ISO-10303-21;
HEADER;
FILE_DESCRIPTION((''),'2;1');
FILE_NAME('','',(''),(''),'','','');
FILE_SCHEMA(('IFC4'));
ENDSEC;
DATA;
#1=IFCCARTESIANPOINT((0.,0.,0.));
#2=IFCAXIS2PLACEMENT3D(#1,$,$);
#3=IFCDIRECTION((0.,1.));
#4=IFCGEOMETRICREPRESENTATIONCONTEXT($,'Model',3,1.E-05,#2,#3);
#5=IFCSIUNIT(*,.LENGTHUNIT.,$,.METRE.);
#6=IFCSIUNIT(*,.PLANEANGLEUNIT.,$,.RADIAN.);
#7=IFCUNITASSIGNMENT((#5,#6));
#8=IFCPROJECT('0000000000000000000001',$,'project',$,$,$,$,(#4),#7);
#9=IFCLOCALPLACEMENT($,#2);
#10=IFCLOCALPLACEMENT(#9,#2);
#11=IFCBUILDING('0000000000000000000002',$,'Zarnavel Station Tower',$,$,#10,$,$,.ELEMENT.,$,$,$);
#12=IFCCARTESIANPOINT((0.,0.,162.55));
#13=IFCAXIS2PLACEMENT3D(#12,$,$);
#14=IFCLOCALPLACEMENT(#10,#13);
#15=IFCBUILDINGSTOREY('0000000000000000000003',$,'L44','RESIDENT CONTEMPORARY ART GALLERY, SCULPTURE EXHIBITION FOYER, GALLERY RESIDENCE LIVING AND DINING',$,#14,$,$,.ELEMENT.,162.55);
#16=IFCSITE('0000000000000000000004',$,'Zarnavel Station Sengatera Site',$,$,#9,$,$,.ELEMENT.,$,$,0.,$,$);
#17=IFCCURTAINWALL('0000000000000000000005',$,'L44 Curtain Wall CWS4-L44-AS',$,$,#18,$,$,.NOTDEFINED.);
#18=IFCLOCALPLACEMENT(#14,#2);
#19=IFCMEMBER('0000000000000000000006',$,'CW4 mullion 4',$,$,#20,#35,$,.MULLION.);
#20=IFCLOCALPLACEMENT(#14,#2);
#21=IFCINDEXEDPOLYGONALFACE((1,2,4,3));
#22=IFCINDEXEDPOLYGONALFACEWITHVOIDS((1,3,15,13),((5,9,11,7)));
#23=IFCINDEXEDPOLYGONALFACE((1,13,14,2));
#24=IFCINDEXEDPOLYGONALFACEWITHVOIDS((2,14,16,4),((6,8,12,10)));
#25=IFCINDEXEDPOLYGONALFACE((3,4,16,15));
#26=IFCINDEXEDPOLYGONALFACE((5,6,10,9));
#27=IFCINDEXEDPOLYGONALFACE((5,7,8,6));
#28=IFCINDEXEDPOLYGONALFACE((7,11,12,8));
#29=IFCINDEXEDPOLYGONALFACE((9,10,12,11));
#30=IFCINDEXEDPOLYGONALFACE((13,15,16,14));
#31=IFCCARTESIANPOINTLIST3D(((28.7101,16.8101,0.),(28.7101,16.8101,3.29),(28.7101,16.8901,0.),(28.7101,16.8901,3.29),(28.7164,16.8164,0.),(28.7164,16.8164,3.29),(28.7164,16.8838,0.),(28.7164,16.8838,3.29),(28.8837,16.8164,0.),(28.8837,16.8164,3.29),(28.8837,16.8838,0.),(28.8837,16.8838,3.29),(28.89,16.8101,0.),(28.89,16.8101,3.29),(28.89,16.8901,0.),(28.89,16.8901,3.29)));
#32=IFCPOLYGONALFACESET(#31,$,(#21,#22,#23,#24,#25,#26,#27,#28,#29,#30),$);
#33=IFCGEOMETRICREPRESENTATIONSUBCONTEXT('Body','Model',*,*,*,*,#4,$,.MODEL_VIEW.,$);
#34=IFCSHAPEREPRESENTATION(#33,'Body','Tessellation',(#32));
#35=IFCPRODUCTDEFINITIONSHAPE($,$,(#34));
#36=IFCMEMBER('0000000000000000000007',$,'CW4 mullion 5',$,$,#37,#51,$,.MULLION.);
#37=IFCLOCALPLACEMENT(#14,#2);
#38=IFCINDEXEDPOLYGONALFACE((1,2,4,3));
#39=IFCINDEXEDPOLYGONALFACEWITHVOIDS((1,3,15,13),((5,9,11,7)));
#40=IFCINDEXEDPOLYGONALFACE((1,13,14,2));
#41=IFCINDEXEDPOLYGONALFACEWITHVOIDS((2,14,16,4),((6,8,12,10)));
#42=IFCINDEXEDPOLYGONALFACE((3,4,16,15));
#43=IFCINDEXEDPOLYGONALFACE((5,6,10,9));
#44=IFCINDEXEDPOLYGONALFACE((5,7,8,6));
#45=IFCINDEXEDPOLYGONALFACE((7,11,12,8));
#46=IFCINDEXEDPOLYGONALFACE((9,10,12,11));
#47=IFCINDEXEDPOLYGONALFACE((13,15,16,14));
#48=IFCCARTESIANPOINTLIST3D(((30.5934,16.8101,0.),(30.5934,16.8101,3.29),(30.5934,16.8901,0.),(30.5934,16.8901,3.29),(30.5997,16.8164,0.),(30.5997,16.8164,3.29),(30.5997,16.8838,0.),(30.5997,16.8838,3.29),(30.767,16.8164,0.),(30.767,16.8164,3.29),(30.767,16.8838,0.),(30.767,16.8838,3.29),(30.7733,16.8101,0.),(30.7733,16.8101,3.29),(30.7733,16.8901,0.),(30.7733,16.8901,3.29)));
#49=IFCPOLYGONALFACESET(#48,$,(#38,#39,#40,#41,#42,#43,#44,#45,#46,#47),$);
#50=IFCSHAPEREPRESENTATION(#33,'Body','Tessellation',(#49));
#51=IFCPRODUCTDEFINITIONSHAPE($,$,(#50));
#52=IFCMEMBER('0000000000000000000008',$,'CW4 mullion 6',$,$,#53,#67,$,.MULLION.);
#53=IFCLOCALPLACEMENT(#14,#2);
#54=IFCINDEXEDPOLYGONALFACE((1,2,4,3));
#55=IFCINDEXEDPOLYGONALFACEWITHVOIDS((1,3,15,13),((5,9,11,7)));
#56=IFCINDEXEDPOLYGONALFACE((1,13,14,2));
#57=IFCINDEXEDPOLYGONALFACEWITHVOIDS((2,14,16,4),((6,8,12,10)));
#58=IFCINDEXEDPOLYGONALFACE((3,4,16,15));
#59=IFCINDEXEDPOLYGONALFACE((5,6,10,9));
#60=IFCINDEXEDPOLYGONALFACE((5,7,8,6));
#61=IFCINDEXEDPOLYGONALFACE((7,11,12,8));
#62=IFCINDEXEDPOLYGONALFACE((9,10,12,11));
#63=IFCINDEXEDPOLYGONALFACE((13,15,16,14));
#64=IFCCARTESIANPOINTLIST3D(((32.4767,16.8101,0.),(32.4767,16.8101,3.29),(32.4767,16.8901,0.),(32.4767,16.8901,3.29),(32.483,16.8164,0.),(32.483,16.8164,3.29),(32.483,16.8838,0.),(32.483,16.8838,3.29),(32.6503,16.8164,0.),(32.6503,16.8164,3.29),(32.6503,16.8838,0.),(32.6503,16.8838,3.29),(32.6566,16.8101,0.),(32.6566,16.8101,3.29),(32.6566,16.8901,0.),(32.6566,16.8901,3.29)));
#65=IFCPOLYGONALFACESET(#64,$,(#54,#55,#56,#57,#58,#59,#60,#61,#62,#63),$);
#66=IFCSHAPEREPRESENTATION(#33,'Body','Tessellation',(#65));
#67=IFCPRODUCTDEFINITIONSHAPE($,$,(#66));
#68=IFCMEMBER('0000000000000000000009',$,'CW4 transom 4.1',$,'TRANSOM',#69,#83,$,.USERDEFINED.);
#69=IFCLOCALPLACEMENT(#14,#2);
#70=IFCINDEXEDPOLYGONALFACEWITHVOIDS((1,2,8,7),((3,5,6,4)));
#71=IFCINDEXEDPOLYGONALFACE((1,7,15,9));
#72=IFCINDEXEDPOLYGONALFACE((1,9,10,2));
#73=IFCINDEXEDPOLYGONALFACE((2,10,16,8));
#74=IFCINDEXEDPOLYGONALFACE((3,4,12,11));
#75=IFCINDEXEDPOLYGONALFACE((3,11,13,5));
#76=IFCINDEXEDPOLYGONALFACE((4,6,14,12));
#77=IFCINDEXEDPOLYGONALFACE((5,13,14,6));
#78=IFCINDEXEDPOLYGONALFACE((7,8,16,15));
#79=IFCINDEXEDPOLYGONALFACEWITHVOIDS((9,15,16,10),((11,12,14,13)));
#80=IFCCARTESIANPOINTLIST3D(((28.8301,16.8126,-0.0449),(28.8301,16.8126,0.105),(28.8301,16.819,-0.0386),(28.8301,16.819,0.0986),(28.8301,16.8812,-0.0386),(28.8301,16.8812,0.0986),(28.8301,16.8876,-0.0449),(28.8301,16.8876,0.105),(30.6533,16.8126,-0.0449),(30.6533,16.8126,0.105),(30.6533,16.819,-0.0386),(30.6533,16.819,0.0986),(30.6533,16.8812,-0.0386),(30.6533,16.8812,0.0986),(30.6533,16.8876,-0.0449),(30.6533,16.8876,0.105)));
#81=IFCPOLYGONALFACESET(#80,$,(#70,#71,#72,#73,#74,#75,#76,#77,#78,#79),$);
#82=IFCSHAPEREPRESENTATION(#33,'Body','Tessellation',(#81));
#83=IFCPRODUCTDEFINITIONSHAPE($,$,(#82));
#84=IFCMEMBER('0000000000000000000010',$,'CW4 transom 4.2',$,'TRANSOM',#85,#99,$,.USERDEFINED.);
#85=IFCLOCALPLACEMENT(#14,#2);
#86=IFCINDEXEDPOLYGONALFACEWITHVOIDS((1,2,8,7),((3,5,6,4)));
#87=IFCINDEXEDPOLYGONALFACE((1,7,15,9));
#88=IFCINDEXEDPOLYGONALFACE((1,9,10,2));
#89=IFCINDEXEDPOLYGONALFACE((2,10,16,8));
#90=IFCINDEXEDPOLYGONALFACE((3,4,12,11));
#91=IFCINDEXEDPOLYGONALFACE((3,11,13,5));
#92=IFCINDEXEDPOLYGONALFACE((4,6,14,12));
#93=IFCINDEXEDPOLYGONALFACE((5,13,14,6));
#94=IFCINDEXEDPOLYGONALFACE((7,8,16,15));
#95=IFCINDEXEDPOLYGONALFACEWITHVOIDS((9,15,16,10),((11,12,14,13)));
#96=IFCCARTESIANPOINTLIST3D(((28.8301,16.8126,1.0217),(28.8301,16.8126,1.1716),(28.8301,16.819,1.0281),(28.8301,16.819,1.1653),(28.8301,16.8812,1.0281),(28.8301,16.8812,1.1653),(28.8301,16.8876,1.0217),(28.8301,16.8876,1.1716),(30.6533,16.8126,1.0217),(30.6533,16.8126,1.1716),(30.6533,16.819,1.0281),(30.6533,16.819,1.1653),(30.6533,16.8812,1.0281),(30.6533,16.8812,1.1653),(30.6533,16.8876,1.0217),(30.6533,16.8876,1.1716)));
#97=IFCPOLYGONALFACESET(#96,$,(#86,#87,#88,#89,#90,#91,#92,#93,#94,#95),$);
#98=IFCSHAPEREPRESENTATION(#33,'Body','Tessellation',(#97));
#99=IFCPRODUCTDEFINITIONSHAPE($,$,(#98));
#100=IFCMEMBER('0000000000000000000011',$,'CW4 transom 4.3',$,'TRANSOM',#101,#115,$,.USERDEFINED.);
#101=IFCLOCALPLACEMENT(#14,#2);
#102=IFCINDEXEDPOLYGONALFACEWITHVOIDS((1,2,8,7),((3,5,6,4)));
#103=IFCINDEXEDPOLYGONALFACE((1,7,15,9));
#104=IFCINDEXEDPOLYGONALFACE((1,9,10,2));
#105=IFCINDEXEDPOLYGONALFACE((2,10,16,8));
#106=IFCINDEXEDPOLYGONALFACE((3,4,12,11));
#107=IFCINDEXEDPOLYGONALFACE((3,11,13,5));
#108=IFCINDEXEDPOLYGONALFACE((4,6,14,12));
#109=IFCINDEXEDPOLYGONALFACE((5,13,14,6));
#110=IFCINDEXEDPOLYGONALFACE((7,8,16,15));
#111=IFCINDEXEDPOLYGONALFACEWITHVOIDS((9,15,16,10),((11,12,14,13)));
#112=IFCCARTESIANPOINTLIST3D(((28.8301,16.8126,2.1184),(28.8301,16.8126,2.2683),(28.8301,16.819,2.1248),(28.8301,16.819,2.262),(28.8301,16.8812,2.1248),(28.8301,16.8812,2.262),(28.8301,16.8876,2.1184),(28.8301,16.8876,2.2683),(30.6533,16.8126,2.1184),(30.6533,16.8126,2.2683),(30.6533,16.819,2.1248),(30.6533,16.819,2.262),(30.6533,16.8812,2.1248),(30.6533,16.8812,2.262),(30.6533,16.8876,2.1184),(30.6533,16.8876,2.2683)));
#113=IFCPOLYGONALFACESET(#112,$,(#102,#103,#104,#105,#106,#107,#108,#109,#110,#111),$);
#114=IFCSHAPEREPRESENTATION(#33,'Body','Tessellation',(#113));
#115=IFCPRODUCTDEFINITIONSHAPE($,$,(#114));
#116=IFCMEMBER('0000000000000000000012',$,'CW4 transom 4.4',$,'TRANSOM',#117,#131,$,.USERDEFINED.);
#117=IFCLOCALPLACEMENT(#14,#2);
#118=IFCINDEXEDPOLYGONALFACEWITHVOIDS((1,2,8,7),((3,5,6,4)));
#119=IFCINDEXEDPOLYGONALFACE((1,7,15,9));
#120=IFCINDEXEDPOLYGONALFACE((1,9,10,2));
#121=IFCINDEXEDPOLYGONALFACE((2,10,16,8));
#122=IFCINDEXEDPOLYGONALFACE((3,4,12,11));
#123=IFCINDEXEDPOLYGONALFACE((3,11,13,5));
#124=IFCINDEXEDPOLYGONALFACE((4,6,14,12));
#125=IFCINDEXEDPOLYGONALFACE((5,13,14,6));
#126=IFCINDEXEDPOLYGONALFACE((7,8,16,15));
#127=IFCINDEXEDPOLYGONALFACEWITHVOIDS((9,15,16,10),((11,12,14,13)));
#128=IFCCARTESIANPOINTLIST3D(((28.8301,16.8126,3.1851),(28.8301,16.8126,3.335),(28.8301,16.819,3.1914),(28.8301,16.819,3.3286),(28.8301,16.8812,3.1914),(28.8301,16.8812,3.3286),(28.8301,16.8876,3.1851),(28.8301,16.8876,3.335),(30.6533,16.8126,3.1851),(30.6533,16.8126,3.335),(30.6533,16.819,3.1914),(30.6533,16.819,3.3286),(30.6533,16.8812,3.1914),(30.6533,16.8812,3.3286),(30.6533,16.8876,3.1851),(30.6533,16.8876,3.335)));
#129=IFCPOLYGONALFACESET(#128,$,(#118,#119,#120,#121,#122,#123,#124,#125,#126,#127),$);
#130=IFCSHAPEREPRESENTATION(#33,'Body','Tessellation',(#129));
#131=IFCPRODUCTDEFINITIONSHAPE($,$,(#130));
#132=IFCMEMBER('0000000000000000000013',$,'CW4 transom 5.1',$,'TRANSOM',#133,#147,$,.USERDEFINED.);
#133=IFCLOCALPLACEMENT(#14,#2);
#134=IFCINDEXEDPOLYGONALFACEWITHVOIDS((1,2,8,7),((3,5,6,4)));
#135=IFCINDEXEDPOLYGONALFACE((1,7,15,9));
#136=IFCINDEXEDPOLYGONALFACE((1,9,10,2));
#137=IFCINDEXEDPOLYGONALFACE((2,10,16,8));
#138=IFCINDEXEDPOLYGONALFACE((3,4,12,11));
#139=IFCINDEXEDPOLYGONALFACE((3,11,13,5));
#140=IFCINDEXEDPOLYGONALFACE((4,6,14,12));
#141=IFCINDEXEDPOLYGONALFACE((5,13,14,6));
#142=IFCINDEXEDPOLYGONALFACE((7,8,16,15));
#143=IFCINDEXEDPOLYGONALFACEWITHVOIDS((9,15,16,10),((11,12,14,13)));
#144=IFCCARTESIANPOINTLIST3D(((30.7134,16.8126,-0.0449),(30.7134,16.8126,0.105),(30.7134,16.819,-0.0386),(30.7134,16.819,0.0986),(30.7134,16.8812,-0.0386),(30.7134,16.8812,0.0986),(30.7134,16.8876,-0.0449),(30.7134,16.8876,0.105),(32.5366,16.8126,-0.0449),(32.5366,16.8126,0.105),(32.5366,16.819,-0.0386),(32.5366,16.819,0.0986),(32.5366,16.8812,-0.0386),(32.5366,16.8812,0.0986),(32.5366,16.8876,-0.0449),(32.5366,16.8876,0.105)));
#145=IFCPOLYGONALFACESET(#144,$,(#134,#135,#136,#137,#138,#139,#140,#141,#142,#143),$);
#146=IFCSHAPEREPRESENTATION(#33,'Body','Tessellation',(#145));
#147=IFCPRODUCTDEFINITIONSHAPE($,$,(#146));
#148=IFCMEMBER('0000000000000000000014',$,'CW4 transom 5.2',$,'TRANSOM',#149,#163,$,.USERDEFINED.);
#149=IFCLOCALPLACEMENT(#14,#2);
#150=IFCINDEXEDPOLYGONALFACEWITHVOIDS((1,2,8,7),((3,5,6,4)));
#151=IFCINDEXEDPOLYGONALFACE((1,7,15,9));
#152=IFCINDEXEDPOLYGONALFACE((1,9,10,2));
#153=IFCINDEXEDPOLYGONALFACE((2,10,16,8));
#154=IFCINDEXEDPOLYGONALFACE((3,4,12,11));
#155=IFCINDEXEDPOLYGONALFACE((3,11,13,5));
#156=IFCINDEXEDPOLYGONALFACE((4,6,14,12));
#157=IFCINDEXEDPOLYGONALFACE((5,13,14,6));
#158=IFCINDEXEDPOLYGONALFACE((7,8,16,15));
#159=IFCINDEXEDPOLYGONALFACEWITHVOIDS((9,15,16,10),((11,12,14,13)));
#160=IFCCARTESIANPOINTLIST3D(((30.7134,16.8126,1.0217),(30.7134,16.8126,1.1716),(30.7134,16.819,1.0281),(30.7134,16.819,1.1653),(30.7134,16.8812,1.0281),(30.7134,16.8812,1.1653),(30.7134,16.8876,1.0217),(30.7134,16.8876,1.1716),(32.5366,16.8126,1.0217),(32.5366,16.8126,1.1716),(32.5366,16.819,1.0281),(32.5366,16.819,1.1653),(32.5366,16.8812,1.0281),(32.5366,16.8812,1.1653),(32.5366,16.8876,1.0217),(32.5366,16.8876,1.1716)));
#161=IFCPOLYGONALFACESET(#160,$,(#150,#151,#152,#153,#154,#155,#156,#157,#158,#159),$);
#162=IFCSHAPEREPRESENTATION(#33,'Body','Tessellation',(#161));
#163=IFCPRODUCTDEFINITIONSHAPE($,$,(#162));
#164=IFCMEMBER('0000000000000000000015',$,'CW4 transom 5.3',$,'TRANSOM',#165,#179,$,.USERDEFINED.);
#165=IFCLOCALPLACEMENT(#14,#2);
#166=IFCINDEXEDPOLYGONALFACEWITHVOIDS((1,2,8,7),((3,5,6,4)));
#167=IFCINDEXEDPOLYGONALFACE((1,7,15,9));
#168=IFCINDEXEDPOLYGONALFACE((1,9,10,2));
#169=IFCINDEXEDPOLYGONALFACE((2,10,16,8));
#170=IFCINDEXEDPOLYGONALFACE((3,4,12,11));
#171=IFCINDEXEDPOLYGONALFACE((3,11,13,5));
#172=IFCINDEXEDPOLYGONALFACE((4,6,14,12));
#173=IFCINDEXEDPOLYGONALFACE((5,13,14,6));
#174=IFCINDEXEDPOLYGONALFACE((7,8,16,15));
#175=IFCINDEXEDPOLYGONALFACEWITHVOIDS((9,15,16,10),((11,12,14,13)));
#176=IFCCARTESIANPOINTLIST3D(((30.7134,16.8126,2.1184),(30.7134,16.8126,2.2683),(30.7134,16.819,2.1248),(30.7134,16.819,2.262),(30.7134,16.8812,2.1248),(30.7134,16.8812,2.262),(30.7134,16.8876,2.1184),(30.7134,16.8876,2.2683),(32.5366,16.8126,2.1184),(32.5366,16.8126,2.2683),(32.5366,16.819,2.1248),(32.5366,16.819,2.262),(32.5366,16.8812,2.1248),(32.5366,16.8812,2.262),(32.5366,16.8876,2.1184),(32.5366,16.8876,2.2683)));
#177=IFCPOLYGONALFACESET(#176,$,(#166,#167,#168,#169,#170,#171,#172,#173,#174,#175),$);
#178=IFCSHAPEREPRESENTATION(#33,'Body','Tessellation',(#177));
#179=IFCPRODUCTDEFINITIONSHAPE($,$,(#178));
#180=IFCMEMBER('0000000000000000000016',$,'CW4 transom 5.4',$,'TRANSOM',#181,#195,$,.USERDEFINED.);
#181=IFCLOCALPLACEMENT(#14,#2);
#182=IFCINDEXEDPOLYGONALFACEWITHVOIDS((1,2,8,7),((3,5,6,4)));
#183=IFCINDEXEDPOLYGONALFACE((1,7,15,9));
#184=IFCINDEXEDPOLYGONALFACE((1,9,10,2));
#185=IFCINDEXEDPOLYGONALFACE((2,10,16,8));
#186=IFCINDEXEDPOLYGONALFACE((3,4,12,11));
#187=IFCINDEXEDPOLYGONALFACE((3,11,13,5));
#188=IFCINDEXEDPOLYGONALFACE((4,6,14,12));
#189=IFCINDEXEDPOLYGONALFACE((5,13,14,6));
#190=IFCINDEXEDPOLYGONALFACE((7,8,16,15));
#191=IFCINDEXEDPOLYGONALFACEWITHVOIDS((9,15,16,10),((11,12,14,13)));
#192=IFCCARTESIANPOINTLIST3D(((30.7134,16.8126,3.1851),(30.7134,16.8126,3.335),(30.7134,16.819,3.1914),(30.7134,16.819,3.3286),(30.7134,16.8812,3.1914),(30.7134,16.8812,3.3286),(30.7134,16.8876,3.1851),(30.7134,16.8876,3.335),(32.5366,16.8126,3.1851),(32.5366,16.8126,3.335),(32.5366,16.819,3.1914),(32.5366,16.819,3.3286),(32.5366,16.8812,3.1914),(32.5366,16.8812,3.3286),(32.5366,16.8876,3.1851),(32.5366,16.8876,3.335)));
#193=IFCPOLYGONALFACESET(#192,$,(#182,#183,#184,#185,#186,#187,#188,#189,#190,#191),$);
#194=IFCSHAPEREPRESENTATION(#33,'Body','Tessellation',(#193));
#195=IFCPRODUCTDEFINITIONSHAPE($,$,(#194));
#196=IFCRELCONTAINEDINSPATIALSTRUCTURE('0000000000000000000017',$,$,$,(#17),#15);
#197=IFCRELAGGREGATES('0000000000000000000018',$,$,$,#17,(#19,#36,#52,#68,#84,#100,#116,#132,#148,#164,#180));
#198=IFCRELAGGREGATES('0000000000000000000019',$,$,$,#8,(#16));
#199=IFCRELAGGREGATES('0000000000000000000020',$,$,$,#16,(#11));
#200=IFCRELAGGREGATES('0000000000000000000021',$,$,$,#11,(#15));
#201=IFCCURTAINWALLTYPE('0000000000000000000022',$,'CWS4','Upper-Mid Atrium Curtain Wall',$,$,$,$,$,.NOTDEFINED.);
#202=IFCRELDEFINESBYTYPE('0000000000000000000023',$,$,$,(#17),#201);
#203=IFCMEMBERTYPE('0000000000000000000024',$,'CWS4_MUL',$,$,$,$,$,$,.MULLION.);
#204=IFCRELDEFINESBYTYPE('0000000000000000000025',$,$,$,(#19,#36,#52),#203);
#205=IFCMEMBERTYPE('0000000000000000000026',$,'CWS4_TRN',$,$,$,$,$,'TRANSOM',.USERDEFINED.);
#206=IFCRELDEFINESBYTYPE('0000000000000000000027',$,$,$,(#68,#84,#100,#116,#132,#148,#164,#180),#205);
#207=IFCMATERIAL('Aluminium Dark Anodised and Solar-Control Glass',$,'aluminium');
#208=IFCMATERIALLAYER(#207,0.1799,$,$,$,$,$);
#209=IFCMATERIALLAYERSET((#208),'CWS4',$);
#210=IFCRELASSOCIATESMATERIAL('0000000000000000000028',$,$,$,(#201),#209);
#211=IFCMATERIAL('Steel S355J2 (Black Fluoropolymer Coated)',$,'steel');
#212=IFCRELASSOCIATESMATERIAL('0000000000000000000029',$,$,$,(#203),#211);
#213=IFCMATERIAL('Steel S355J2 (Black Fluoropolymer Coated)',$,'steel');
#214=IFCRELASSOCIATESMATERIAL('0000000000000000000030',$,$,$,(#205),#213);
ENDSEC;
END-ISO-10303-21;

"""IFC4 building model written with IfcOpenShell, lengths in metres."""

from ifc_helpers import new_model, si_unit, direction, frame, origin, origin_2d, place, context, subcontext, project, spatial, hollow_rectangle, extrude, material, layer, layer_set, material_profile, profile_set, type_object, element, aggregate, save


model = new_model("IFC4")

# Units and contexts
model_context = context("Model", 3, precision=1e-05, world=origin(), true_north=direction((0.0, 1.0)))
body_context = subcontext(model_context, "Body", "Model", "MODEL_VIEW")
ifc_project = project(units=[si_unit("LENGTHUNIT", "METRE"), si_unit("PLANEANGLEUNIT", "RADIAN")], contexts=[model_context])

# Site, building, storey
site_placement = place(None, origin())
site = spatial("IfcSite", under=ifc_project, at=site_placement, Name="Zarnavel Station Sengatera Site", CompositionType="ELEMENT", RefElevation=0.0)
building_placement = place(site_placement, origin())
building = spatial("IfcBuilding", under=site, at=building_placement, Name="Zarnavel Station Tower", CompositionType="ELEMENT")
storey_placement = place(building_placement, frame((0.0, 0.0, 162.55)))
storey = spatial("IfcBuildingStorey", under=building, at=storey_placement, Name="L44", Description="RESIDENT CONTEMPORARY ART GALLERY, SCULPTURE EXHIBITION FOYER, GALLERY RESIDENCE LIVING AND DINING", CompositionType="ELEMENT", Elevation=162.55)

# Curtain wall, members
ifc_material_1 = material(Name="Aluminium Dark Anodised and Solar-Control Glass", Category="aluminium")
ifc_layer_1 = layer(ifc_material_1, 0.1799)
ifc_layer_set_1 = layer_set([ifc_layer_1], Name="CWS4")
curtain_wall_type_1 = type_object("IfcCurtainWallType", Name="CWS4", Description="Upper-Mid Atrium Curtain Wall", PredefinedType="NOTDEFINED", material=ifc_layer_set_1)
curtain_wall_1_placement = place(storey_placement, origin())
curtain_wall_1 = element("IfcCurtainWall", 1, at=curtain_wall_1_placement, inside=storey, type_object=curtain_wall_type_1, Name="L44 Curtain Wall CWS4-L44-AS", PredefinedType="NOTDEFINED")
ifc_material_2 = material(Name="Steel S355J2 (Black Fluoropolymer Coated)", Category="steel")
ifc_material_profile_1 = material_profile(ifc_material_2, hollow_rectangle(XDim=0.0801, YDim=0.1799, WallThickness=0.0063, at=origin_2d()), Name="RHS180x80x6.3")
ifc_profile_set_1 = profile_set([ifc_material_profile_1], Name="Steel S355J2 (Black Fluoropolymer Coated)")
member_type_1 = type_object("IfcMemberType", Name="CWS4_MUL", PredefinedType="MULLION", material=ifc_profile_set_1)
member_1_placement = place(storey_placement, frame((28.8, 16.8501, 0.0), z_axis=(0.0, 0.0, 1.0), x_axis=(0.0, 1.0, 0.0)))
member_1 = element("IfcMember", 2, at=member_1_placement, type_object=member_type_1, Name="CW4 mullion 4", PredefinedType="MULLION", context=body_context, shape_type="SweptSolid", body=[
    extrude(hollow_rectangle(XDim=0.0801, YDim=0.1799, WallThickness=0.0063, at=origin_2d()), origin(), (0.0, 0.0, 1.0), 3.29),
])
member_2_placement = place(storey_placement, frame((30.6833, 16.8501, 0.0), z_axis=(0.0, 0.0, 1.0), x_axis=(0.0, 1.0, 0.0)))
member_2 = element("IfcMember", 3, at=member_2_placement, type_object=member_type_1, Name="CW4 mullion 5", PredefinedType="MULLION", context=body_context, shape_type="SweptSolid", body=[
    extrude(hollow_rectangle(XDim=0.0801, YDim=0.1799, WallThickness=0.0063, at=origin_2d()), origin(), (0.0, 0.0, 1.0), 3.29),
])
member_3_placement = place(storey_placement, frame((32.5667, 16.8501, 0.0), z_axis=(0.0, 0.0, 1.0), x_axis=(0.0, 1.0, 0.0)))
member_3 = element("IfcMember", 4, at=member_3_placement, type_object=member_type_1, Name="CW4 mullion 6", PredefinedType="MULLION", context=body_context, shape_type="SweptSolid", body=[
    extrude(hollow_rectangle(XDim=0.0801, YDim=0.1799, WallThickness=0.0063, at=origin_2d()), origin(), (0.0, 0.0, 1.0), 3.29),
])
ifc_material_3 = material(Name="Steel S355J2 (Black Fluoropolymer Coated)", Category="steel")
ifc_material_profile_2 = material_profile(ifc_material_3, hollow_rectangle(XDim=0.075, YDim=0.1499, WallThickness=0.0063, at=origin_2d()), Name="RHS150x75x6.3")
ifc_profile_set_2 = profile_set([ifc_material_profile_2], Name="Steel S355J2 (Black Fluoropolymer Coated)")
member_type_2 = type_object("IfcMemberType", Name="CWS4_TRN", ElementType="TRANSOM", PredefinedType="USERDEFINED", material=ifc_profile_set_2)
member_4_placement = place(storey_placement, frame((28.8301, 16.8501, 0.03), z_axis=(1.0, 0.0, 0.0), x_axis=(0.0, 1.0, 0.0)))
member_4 = element("IfcMember", 5, at=member_4_placement, type_object=member_type_2, Name="CW4 transom 4.1", ObjectType="TRANSOM", PredefinedType="USERDEFINED", context=body_context, shape_type="SweptSolid", body=[
    extrude(hollow_rectangle(XDim=0.075, YDim=0.1499, WallThickness=0.0063, at=origin_2d()), origin(), (0.0, 0.0, 1.0), 1.8232),
])
member_5_placement = place(storey_placement, frame((28.8301, 16.8501, 1.0967), z_axis=(1.0, 0.0, 0.0), x_axis=(0.0, 1.0, 0.0)))
member_5 = element("IfcMember", 6, at=member_5_placement, type_object=member_type_2, Name="CW4 transom 4.2", ObjectType="TRANSOM", PredefinedType="USERDEFINED", context=body_context, shape_type="SweptSolid", body=[
    extrude(hollow_rectangle(XDim=0.075, YDim=0.1499, WallThickness=0.0063, at=origin_2d()), origin(), (0.0, 0.0, 1.0), 1.8232),
])
member_6_placement = place(storey_placement, frame((28.8301, 16.8501, 2.1934), z_axis=(1.0, 0.0, 0.0), x_axis=(0.0, 1.0, 0.0)))
member_6 = element("IfcMember", 7, at=member_6_placement, type_object=member_type_2, Name="CW4 transom 4.3", ObjectType="TRANSOM", PredefinedType="USERDEFINED", context=body_context, shape_type="SweptSolid", body=[
    extrude(hollow_rectangle(XDim=0.075, YDim=0.1499, WallThickness=0.0063, at=origin_2d()), origin(), (0.0, 0.0, 1.0), 1.8232),
])
member_7_placement = place(storey_placement, frame((28.8301, 16.8501, 3.26), z_axis=(1.0, 0.0, 0.0), x_axis=(0.0, 1.0, 0.0)))
member_7 = element("IfcMember", 8, at=member_7_placement, type_object=member_type_2, Name="CW4 transom 4.4", ObjectType="TRANSOM", PredefinedType="USERDEFINED", context=body_context, shape_type="SweptSolid", body=[
    extrude(hollow_rectangle(XDim=0.075, YDim=0.1499, WallThickness=0.0063, at=origin_2d()), origin(), (0.0, 0.0, 1.0), 1.8232),
])
member_8_placement = place(storey_placement, frame((30.7134, 16.8501, 0.03), z_axis=(1.0, 0.0, 0.0), x_axis=(0.0, 1.0, 0.0)))
member_8 = element("IfcMember", 9, at=member_8_placement, type_object=member_type_2, Name="CW4 transom 5.1", ObjectType="TRANSOM", PredefinedType="USERDEFINED", context=body_context, shape_type="SweptSolid", body=[
    extrude(hollow_rectangle(XDim=0.075, YDim=0.1499, WallThickness=0.0063, at=origin_2d()), origin(), (0.0, 0.0, 1.0), 1.8232),
])
member_9_placement = place(storey_placement, frame((30.7134, 16.8501, 1.0967), z_axis=(1.0, 0.0, 0.0), x_axis=(0.0, 1.0, 0.0)))
member_9 = element("IfcMember", 10, at=member_9_placement, type_object=member_type_2, Name="CW4 transom 5.2", ObjectType="TRANSOM", PredefinedType="USERDEFINED", context=body_context, shape_type="SweptSolid", body=[
    extrude(hollow_rectangle(XDim=0.075, YDim=0.1499, WallThickness=0.0063, at=origin_2d()), origin(), (0.0, 0.0, 1.0), 1.8232),
])
member_10_placement = place(storey_placement, frame((30.7134, 16.8501, 2.1934), z_axis=(1.0, 0.0, 0.0), x_axis=(0.0, 1.0, 0.0)))
member_10 = element("IfcMember", 11, at=member_10_placement, type_object=member_type_2, Name="CW4 transom 5.3", ObjectType="TRANSOM", PredefinedType="USERDEFINED", context=body_context, shape_type="SweptSolid", body=[
    extrude(hollow_rectangle(XDim=0.075, YDim=0.1499, WallThickness=0.0063, at=origin_2d()), origin(), (0.0, 0.0, 1.0), 1.8232),
])
member_11_placement = place(storey_placement, frame((30.7134, 16.8501, 3.26), z_axis=(1.0, 0.0, 0.0), x_axis=(0.0, 1.0, 0.0)))
member_11 = element("IfcMember", 12, at=member_11_placement, type_object=member_type_2, Name="CW4 transom 5.4", ObjectType="TRANSOM", PredefinedType="USERDEFINED", context=body_context, shape_type="SweptSolid", body=[
    extrude(hollow_rectangle(XDim=0.075, YDim=0.1499, WallThickness=0.0063, at=origin_2d()), origin(), (0.0, 0.0, 1.0), 1.8232),
])

aggregate(curtain_wall_1, [member_1, member_2, member_3, member_4, member_5, member_6, member_7, member_8, member_9, member_10, member_11])

save(model, "model.ifc")
